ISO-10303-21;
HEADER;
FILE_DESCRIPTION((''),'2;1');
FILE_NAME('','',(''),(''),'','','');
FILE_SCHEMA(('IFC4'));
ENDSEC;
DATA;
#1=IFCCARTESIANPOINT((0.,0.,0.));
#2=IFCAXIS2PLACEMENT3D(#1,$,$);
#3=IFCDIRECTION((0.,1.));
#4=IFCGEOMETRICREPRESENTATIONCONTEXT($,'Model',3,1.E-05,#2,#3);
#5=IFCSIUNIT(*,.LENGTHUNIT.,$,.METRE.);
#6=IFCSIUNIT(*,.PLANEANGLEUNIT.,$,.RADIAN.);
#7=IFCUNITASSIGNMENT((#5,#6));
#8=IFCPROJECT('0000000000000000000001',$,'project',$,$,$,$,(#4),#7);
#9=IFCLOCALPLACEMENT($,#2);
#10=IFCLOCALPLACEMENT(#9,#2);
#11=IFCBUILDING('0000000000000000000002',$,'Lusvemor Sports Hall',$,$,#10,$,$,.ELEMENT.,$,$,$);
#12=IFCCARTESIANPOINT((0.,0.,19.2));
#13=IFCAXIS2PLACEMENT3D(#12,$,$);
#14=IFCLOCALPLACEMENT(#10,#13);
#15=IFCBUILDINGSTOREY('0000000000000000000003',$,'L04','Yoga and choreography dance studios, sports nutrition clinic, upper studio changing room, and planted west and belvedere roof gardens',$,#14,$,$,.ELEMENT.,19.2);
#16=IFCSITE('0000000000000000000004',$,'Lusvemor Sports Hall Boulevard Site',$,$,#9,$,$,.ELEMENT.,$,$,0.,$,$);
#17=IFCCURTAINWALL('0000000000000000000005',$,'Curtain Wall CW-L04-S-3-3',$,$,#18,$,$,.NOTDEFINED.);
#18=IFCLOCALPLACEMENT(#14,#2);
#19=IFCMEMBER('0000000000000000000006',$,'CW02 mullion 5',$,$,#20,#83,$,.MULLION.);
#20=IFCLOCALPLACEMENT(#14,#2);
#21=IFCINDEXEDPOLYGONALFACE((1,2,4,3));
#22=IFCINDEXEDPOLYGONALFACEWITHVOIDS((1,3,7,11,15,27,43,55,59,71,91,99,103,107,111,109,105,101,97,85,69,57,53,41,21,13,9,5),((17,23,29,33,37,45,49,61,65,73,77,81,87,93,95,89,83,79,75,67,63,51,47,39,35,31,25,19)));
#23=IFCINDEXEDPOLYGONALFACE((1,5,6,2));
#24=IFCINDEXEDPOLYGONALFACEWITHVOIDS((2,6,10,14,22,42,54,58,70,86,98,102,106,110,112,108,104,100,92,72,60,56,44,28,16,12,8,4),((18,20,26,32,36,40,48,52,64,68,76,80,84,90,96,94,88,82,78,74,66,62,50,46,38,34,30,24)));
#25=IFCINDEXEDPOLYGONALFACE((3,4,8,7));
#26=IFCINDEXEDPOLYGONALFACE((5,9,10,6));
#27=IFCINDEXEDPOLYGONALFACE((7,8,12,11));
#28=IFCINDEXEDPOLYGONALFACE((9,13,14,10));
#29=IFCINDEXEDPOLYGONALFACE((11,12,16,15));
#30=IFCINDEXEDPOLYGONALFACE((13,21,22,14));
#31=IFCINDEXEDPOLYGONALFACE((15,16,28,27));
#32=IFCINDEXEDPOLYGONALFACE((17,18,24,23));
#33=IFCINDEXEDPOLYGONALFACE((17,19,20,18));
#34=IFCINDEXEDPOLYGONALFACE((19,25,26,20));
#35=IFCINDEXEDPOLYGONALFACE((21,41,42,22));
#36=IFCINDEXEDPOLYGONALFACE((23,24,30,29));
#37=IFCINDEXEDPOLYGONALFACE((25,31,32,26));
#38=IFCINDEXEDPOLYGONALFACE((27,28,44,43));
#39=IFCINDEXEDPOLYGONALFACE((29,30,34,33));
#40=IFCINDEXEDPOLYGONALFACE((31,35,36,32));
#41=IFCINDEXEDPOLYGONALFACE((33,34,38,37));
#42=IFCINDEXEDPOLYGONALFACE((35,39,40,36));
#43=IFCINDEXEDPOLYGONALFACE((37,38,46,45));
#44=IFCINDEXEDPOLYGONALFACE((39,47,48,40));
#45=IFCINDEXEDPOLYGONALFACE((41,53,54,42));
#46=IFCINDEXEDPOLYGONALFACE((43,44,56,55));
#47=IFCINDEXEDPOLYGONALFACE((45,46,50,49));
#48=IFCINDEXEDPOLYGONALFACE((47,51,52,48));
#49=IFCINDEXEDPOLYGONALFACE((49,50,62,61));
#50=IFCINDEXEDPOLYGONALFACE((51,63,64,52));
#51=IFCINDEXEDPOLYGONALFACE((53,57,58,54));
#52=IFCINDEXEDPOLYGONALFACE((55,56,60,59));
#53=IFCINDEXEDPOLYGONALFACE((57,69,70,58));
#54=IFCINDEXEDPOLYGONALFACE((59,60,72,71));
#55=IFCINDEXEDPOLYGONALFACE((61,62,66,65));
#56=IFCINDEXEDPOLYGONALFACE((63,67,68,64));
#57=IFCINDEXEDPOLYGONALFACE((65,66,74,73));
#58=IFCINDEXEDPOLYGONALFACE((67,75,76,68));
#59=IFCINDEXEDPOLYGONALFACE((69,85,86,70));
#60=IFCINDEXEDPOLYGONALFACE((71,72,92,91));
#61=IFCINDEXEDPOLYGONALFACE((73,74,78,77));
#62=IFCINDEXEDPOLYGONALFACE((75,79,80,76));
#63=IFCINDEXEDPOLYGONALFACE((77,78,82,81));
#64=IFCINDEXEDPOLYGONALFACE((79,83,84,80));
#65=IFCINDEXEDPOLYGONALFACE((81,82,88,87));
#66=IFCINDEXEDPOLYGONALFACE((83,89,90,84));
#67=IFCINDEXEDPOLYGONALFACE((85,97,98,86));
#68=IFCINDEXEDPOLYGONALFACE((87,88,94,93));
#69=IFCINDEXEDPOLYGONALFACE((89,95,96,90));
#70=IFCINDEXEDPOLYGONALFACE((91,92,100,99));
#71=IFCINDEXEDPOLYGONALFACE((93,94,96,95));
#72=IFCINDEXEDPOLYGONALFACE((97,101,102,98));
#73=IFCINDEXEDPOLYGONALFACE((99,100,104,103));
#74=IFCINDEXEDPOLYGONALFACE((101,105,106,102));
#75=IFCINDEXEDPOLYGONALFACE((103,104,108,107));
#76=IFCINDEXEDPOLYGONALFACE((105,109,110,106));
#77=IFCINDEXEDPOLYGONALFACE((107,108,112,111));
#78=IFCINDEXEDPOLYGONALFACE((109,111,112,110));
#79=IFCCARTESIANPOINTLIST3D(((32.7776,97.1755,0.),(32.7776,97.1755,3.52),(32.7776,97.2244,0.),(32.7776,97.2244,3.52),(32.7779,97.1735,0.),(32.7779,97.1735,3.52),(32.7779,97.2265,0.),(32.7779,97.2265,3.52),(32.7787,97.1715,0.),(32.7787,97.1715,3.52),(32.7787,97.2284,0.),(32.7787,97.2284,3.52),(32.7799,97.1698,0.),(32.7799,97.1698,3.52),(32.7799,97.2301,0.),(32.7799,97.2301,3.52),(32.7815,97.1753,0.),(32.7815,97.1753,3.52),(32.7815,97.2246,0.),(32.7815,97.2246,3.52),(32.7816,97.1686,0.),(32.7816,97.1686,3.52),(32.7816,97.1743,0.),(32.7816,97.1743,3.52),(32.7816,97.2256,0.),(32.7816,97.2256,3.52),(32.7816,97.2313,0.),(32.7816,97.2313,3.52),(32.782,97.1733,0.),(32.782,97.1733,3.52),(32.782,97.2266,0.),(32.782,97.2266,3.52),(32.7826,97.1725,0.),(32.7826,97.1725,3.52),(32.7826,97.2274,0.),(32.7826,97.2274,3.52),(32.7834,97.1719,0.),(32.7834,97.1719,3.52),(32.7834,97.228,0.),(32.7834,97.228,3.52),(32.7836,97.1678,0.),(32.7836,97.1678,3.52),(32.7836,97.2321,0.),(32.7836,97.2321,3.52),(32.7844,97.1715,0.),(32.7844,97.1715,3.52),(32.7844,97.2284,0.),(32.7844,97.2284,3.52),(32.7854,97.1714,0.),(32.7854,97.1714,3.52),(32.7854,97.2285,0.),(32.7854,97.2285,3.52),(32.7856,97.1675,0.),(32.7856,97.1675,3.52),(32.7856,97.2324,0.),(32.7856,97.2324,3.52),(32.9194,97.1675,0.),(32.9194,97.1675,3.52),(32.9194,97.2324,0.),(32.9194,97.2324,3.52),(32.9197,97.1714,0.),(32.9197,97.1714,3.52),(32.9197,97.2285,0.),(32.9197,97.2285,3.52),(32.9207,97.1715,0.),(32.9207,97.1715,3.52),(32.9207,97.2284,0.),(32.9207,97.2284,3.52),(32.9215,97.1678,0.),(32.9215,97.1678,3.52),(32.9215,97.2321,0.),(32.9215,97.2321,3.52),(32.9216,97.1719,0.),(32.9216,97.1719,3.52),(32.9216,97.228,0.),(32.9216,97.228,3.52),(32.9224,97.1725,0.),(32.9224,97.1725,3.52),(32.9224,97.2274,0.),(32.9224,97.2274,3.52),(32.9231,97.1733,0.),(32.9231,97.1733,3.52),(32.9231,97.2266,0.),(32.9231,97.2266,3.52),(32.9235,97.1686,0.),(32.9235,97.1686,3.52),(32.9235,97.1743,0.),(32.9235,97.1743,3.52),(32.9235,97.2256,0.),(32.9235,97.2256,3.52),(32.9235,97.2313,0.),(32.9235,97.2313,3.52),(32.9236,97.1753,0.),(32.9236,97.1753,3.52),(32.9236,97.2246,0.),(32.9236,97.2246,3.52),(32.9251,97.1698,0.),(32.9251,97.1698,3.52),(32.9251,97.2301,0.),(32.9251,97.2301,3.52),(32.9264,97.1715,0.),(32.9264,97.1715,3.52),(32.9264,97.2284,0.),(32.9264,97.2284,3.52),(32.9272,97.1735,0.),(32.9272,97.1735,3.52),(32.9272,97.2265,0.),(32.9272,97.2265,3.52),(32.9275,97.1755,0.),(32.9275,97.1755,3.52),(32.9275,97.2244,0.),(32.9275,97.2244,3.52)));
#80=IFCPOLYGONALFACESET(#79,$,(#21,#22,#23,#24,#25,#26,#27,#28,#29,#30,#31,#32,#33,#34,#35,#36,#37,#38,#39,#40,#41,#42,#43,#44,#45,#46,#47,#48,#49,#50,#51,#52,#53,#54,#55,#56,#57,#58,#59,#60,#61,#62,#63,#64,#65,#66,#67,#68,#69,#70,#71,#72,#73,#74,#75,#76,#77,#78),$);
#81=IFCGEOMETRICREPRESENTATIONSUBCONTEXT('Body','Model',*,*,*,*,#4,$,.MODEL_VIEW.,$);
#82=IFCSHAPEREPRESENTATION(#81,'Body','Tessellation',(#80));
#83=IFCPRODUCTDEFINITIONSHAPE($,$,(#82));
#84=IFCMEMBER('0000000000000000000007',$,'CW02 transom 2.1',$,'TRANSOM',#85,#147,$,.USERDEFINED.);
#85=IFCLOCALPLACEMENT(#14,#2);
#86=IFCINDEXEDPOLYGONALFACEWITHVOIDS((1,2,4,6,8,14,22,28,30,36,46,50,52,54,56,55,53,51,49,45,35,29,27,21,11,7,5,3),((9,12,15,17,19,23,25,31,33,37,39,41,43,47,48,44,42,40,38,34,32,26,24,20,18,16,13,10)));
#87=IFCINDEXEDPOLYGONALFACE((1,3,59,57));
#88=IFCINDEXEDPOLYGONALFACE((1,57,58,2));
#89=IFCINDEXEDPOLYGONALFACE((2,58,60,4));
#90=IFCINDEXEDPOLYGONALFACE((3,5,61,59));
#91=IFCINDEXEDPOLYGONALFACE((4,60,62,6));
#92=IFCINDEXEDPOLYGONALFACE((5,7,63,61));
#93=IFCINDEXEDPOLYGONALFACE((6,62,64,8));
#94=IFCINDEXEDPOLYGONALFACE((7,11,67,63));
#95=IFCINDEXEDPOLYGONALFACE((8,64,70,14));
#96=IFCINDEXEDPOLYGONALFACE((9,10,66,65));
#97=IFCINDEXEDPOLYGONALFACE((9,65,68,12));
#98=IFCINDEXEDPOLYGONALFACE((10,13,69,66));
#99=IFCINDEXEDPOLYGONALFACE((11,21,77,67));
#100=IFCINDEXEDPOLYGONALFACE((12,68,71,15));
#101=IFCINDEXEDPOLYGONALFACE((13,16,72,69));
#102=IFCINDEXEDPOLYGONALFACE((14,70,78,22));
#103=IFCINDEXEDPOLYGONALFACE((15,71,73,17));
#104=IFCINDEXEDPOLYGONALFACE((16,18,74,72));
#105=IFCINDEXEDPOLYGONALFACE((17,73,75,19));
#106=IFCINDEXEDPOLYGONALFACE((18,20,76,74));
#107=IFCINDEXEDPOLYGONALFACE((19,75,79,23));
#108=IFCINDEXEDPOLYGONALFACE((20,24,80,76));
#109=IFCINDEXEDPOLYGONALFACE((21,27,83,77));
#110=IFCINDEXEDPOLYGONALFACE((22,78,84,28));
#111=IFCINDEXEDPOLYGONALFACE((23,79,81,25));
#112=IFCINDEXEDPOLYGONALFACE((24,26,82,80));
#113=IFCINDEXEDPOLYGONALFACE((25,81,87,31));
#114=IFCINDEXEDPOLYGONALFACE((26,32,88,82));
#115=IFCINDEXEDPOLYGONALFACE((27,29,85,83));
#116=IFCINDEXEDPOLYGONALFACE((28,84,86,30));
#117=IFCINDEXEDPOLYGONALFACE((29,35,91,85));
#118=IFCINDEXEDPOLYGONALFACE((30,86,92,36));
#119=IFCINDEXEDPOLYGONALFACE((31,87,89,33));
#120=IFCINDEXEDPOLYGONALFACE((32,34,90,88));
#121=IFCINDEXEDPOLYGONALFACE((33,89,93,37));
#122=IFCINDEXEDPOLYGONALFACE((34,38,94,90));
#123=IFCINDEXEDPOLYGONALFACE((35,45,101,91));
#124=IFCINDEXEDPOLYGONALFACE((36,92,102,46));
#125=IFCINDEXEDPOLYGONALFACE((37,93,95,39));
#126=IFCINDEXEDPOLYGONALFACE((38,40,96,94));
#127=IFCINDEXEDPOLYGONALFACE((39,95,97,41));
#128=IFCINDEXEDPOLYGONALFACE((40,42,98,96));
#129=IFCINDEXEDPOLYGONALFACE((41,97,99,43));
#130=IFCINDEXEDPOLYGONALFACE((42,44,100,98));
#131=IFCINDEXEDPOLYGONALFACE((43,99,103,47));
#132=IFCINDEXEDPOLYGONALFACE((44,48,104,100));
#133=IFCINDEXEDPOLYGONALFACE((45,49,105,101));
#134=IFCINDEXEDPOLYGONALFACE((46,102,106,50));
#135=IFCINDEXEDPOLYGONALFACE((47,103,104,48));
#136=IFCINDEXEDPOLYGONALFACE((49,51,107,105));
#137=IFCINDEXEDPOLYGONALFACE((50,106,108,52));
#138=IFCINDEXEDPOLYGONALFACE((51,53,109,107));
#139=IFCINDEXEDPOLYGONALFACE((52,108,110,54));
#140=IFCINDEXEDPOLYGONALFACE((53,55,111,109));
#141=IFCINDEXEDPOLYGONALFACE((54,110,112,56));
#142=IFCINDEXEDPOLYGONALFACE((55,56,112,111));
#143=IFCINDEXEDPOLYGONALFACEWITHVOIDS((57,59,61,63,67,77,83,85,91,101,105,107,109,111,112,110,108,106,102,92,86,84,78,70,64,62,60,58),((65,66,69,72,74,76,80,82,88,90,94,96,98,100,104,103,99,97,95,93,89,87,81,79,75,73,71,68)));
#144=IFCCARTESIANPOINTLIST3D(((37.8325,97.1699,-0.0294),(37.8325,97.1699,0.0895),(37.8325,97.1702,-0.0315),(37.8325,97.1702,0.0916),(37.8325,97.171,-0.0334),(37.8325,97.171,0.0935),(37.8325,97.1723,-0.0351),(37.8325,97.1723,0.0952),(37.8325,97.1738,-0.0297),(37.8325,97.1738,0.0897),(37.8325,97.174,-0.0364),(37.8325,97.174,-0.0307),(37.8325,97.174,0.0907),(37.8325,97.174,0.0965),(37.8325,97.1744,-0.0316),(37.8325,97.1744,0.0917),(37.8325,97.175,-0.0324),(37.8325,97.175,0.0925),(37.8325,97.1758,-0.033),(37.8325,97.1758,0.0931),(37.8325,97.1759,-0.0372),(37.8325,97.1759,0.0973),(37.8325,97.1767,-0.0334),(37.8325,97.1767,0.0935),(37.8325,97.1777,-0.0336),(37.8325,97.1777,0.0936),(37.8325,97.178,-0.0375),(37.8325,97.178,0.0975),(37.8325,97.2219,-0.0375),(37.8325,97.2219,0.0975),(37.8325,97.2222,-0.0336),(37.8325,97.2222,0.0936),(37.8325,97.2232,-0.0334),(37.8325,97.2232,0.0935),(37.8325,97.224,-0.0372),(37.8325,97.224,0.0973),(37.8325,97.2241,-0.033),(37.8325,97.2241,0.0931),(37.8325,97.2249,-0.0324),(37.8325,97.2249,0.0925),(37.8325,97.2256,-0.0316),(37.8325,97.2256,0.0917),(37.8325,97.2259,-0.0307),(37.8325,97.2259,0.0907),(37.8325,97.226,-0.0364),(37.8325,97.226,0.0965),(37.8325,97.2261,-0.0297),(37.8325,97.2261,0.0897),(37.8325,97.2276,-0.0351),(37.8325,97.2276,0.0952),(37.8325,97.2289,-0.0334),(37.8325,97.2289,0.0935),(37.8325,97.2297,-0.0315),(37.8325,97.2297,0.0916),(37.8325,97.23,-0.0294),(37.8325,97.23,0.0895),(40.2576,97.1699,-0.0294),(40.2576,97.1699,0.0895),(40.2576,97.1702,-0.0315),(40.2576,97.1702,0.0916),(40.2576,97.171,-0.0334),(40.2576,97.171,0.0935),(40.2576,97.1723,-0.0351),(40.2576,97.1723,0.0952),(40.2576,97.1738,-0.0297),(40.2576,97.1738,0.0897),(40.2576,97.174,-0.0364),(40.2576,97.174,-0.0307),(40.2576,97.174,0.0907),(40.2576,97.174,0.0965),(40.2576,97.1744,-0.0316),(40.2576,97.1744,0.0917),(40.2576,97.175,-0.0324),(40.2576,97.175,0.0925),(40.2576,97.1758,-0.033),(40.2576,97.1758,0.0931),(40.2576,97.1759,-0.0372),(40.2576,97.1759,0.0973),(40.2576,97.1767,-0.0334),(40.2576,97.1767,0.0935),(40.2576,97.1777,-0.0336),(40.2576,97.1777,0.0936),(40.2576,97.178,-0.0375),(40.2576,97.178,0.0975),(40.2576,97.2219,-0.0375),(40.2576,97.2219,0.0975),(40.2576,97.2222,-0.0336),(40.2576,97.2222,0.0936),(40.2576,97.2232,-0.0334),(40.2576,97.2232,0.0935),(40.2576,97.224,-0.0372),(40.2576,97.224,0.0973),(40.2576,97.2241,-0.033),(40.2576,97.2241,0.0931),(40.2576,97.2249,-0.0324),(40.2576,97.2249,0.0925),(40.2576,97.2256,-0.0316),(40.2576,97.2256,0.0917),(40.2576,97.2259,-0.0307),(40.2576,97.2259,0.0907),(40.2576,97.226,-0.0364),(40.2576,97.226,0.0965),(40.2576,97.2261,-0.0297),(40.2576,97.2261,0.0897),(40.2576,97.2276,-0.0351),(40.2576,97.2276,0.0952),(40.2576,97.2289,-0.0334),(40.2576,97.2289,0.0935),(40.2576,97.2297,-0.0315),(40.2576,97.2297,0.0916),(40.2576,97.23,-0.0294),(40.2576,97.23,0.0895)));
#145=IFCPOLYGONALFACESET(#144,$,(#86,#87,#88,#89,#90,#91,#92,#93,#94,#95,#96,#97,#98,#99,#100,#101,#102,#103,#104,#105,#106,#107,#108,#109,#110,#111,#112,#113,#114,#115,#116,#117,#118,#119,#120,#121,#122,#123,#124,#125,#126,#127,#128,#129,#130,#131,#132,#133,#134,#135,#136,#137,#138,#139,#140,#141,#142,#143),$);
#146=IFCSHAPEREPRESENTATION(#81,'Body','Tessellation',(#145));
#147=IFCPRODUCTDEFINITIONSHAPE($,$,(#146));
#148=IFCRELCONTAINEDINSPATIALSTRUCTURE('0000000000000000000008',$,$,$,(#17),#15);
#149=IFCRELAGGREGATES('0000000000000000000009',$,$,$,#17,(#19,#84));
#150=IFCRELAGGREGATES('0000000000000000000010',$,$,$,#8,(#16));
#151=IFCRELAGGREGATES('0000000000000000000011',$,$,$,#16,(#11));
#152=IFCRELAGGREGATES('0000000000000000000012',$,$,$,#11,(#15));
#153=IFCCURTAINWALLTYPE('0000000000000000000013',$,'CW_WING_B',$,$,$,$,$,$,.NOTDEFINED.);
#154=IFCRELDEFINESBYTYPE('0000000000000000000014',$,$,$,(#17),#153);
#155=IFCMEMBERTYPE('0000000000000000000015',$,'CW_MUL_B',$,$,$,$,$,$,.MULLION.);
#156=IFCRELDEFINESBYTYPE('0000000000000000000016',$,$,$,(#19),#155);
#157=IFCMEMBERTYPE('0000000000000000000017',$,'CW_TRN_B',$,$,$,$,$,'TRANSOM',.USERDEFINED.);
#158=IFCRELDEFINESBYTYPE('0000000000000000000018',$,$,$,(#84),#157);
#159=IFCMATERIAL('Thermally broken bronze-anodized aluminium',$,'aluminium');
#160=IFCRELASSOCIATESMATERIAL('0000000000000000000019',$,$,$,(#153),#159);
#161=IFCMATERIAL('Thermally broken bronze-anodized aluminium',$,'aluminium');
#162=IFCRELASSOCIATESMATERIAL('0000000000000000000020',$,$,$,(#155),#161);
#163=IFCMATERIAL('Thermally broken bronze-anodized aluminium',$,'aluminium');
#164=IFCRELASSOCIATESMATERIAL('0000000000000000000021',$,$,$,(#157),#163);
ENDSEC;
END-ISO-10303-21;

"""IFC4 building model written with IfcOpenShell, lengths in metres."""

from ifc_helpers import new_model, si_unit, direction, frame, origin, origin_2d, place, context, subcontext, project, spatial, hollow_rectangle, extrude, material, material_profile, profile_set, type_object, element, aggregate, save


model = new_model("IFC4")

# Units and contexts
model_context = context("Model", 3, precision=1e-05, world=origin(), true_north=direction((0.0, 1.0)))
body_context = subcontext(model_context, "Body", "Model", "MODEL_VIEW")
ifc_project = project(units=[si_unit("LENGTHUNIT", "METRE"), si_unit("PLANEANGLEUNIT", "RADIAN")], contexts=[model_context])

# Site, building, storey
site_placement = place(None, origin())
site = spatial("IfcSite", under=ifc_project, at=site_placement, Name="Lusvemor Sports Hall Boulevard Site", CompositionType="ELEMENT", RefElevation=0.0)
building_placement = place(site_placement, origin())
building = spatial("IfcBuilding", under=site, at=building_placement, Name="Lusvemor Sports Hall", CompositionType="ELEMENT")
storey_placement = place(building_placement, frame((0.0, 0.0, 19.2)))
storey = spatial("IfcBuildingStorey", under=building, at=storey_placement, Name="L04", Description="Yoga and choreography dance studios, sports nutrition clinic, upper studio changing room, and planted west and belvedere roof gardens", CompositionType="ELEMENT", Elevation=19.2)

# Shared definitions
ifc_material_1 = material(Name="Thermally broken bronze-anodized aluminium", Category="aluminium")
curtain_wall_type = type_object("IfcCurtainWallType", Name="CW_WING_B", PredefinedType="NOTDEFINED", material=ifc_material_1)
ifc_material_2 = material(Name="Thermally broken bronze-anodized aluminium", Category="aluminium")
ifc_material_profile_1 = material_profile(ifc_material_2, hollow_rectangle(XDim=0.0649, YDim=0.1499, WallThickness=0.0039, InnerFilletRadius=0.0039, OuterFilletRadius=0.0081, at=origin_2d()), Name="CWMUL150x65x4")
ifc_profile_set_1 = profile_set([ifc_material_profile_1], Name="Thermally broken bronze-anodized aluminium")
member_type_1 = type_object("IfcMemberType", Name="CW_MUL_B", PredefinedType="MULLION", material=ifc_profile_set_1)

# Curtain wall, members
curtain_wall_1_placement = place(storey_placement, origin())
curtain_wall_1 = element("IfcCurtainWall", 1, at=curtain_wall_1_placement, inside=storey, type_object=curtain_wall_type, Name="Curtain Wall CW-L04-S-3-3", PredefinedType="NOTDEFINED")
member_1_placement = place(storey_placement, frame((32.8525, 97.2, 0.0), z_axis=(0.0, 0.0, 1.0), x_axis=(0.0, -1.0, 0.0)))
member_1 = element("IfcMember", 2, at=member_1_placement, type_object=member_type_1, Name="CW02 mullion 5", PredefinedType="MULLION", context=body_context, shape_type="SweptSolid", body=[
    extrude(hollow_rectangle(XDim=0.0649, YDim=0.1499, WallThickness=0.0039, InnerFilletRadius=0.0039, OuterFilletRadius=0.0081, at=origin_2d()), origin(), (0.0, 0.0, 1.0), 3.52),
])
ifc_material_3 = material(Name="Thermally broken bronze-anodized aluminium", Category="aluminium")
ifc_material_profile_2 = material_profile(ifc_material_3, hollow_rectangle(XDim=0.0601, YDim=0.135, WallThickness=0.0039, InnerFilletRadius=0.0039, OuterFilletRadius=0.0081, at=origin_2d()), Name="CWTRN135x60x4")
ifc_profile_set_2 = profile_set([ifc_material_profile_2], Name="Thermally broken bronze-anodized aluminium")
member_type_2 = type_object("IfcMemberType", Name="CW_TRN_B", ElementType="TRANSOM", PredefinedType="USERDEFINED", material=ifc_profile_set_2)
member_2_placement = place(storey_placement, frame((40.2576, 97.2, 0.03), z_axis=(-1.0, 0.0, 0.0), x_axis=(0.0, -1.0, 0.0)))
member_2 = element("IfcMember", 3, at=member_2_placement, type_object=member_type_2, Name="CW02 transom 2.1", ObjectType="TRANSOM", PredefinedType="USERDEFINED", context=body_context, shape_type="SweptSolid", body=[
    extrude(hollow_rectangle(XDim=0.0601, YDim=0.135, WallThickness=0.0039, InnerFilletRadius=0.0039, OuterFilletRadius=0.0081, at=origin_2d()), origin(), (0.0, 0.0, 1.0), 2.425),
])

aggregate(curtain_wall_1, [member_1, member_2])

save(model, "model.ifc")
